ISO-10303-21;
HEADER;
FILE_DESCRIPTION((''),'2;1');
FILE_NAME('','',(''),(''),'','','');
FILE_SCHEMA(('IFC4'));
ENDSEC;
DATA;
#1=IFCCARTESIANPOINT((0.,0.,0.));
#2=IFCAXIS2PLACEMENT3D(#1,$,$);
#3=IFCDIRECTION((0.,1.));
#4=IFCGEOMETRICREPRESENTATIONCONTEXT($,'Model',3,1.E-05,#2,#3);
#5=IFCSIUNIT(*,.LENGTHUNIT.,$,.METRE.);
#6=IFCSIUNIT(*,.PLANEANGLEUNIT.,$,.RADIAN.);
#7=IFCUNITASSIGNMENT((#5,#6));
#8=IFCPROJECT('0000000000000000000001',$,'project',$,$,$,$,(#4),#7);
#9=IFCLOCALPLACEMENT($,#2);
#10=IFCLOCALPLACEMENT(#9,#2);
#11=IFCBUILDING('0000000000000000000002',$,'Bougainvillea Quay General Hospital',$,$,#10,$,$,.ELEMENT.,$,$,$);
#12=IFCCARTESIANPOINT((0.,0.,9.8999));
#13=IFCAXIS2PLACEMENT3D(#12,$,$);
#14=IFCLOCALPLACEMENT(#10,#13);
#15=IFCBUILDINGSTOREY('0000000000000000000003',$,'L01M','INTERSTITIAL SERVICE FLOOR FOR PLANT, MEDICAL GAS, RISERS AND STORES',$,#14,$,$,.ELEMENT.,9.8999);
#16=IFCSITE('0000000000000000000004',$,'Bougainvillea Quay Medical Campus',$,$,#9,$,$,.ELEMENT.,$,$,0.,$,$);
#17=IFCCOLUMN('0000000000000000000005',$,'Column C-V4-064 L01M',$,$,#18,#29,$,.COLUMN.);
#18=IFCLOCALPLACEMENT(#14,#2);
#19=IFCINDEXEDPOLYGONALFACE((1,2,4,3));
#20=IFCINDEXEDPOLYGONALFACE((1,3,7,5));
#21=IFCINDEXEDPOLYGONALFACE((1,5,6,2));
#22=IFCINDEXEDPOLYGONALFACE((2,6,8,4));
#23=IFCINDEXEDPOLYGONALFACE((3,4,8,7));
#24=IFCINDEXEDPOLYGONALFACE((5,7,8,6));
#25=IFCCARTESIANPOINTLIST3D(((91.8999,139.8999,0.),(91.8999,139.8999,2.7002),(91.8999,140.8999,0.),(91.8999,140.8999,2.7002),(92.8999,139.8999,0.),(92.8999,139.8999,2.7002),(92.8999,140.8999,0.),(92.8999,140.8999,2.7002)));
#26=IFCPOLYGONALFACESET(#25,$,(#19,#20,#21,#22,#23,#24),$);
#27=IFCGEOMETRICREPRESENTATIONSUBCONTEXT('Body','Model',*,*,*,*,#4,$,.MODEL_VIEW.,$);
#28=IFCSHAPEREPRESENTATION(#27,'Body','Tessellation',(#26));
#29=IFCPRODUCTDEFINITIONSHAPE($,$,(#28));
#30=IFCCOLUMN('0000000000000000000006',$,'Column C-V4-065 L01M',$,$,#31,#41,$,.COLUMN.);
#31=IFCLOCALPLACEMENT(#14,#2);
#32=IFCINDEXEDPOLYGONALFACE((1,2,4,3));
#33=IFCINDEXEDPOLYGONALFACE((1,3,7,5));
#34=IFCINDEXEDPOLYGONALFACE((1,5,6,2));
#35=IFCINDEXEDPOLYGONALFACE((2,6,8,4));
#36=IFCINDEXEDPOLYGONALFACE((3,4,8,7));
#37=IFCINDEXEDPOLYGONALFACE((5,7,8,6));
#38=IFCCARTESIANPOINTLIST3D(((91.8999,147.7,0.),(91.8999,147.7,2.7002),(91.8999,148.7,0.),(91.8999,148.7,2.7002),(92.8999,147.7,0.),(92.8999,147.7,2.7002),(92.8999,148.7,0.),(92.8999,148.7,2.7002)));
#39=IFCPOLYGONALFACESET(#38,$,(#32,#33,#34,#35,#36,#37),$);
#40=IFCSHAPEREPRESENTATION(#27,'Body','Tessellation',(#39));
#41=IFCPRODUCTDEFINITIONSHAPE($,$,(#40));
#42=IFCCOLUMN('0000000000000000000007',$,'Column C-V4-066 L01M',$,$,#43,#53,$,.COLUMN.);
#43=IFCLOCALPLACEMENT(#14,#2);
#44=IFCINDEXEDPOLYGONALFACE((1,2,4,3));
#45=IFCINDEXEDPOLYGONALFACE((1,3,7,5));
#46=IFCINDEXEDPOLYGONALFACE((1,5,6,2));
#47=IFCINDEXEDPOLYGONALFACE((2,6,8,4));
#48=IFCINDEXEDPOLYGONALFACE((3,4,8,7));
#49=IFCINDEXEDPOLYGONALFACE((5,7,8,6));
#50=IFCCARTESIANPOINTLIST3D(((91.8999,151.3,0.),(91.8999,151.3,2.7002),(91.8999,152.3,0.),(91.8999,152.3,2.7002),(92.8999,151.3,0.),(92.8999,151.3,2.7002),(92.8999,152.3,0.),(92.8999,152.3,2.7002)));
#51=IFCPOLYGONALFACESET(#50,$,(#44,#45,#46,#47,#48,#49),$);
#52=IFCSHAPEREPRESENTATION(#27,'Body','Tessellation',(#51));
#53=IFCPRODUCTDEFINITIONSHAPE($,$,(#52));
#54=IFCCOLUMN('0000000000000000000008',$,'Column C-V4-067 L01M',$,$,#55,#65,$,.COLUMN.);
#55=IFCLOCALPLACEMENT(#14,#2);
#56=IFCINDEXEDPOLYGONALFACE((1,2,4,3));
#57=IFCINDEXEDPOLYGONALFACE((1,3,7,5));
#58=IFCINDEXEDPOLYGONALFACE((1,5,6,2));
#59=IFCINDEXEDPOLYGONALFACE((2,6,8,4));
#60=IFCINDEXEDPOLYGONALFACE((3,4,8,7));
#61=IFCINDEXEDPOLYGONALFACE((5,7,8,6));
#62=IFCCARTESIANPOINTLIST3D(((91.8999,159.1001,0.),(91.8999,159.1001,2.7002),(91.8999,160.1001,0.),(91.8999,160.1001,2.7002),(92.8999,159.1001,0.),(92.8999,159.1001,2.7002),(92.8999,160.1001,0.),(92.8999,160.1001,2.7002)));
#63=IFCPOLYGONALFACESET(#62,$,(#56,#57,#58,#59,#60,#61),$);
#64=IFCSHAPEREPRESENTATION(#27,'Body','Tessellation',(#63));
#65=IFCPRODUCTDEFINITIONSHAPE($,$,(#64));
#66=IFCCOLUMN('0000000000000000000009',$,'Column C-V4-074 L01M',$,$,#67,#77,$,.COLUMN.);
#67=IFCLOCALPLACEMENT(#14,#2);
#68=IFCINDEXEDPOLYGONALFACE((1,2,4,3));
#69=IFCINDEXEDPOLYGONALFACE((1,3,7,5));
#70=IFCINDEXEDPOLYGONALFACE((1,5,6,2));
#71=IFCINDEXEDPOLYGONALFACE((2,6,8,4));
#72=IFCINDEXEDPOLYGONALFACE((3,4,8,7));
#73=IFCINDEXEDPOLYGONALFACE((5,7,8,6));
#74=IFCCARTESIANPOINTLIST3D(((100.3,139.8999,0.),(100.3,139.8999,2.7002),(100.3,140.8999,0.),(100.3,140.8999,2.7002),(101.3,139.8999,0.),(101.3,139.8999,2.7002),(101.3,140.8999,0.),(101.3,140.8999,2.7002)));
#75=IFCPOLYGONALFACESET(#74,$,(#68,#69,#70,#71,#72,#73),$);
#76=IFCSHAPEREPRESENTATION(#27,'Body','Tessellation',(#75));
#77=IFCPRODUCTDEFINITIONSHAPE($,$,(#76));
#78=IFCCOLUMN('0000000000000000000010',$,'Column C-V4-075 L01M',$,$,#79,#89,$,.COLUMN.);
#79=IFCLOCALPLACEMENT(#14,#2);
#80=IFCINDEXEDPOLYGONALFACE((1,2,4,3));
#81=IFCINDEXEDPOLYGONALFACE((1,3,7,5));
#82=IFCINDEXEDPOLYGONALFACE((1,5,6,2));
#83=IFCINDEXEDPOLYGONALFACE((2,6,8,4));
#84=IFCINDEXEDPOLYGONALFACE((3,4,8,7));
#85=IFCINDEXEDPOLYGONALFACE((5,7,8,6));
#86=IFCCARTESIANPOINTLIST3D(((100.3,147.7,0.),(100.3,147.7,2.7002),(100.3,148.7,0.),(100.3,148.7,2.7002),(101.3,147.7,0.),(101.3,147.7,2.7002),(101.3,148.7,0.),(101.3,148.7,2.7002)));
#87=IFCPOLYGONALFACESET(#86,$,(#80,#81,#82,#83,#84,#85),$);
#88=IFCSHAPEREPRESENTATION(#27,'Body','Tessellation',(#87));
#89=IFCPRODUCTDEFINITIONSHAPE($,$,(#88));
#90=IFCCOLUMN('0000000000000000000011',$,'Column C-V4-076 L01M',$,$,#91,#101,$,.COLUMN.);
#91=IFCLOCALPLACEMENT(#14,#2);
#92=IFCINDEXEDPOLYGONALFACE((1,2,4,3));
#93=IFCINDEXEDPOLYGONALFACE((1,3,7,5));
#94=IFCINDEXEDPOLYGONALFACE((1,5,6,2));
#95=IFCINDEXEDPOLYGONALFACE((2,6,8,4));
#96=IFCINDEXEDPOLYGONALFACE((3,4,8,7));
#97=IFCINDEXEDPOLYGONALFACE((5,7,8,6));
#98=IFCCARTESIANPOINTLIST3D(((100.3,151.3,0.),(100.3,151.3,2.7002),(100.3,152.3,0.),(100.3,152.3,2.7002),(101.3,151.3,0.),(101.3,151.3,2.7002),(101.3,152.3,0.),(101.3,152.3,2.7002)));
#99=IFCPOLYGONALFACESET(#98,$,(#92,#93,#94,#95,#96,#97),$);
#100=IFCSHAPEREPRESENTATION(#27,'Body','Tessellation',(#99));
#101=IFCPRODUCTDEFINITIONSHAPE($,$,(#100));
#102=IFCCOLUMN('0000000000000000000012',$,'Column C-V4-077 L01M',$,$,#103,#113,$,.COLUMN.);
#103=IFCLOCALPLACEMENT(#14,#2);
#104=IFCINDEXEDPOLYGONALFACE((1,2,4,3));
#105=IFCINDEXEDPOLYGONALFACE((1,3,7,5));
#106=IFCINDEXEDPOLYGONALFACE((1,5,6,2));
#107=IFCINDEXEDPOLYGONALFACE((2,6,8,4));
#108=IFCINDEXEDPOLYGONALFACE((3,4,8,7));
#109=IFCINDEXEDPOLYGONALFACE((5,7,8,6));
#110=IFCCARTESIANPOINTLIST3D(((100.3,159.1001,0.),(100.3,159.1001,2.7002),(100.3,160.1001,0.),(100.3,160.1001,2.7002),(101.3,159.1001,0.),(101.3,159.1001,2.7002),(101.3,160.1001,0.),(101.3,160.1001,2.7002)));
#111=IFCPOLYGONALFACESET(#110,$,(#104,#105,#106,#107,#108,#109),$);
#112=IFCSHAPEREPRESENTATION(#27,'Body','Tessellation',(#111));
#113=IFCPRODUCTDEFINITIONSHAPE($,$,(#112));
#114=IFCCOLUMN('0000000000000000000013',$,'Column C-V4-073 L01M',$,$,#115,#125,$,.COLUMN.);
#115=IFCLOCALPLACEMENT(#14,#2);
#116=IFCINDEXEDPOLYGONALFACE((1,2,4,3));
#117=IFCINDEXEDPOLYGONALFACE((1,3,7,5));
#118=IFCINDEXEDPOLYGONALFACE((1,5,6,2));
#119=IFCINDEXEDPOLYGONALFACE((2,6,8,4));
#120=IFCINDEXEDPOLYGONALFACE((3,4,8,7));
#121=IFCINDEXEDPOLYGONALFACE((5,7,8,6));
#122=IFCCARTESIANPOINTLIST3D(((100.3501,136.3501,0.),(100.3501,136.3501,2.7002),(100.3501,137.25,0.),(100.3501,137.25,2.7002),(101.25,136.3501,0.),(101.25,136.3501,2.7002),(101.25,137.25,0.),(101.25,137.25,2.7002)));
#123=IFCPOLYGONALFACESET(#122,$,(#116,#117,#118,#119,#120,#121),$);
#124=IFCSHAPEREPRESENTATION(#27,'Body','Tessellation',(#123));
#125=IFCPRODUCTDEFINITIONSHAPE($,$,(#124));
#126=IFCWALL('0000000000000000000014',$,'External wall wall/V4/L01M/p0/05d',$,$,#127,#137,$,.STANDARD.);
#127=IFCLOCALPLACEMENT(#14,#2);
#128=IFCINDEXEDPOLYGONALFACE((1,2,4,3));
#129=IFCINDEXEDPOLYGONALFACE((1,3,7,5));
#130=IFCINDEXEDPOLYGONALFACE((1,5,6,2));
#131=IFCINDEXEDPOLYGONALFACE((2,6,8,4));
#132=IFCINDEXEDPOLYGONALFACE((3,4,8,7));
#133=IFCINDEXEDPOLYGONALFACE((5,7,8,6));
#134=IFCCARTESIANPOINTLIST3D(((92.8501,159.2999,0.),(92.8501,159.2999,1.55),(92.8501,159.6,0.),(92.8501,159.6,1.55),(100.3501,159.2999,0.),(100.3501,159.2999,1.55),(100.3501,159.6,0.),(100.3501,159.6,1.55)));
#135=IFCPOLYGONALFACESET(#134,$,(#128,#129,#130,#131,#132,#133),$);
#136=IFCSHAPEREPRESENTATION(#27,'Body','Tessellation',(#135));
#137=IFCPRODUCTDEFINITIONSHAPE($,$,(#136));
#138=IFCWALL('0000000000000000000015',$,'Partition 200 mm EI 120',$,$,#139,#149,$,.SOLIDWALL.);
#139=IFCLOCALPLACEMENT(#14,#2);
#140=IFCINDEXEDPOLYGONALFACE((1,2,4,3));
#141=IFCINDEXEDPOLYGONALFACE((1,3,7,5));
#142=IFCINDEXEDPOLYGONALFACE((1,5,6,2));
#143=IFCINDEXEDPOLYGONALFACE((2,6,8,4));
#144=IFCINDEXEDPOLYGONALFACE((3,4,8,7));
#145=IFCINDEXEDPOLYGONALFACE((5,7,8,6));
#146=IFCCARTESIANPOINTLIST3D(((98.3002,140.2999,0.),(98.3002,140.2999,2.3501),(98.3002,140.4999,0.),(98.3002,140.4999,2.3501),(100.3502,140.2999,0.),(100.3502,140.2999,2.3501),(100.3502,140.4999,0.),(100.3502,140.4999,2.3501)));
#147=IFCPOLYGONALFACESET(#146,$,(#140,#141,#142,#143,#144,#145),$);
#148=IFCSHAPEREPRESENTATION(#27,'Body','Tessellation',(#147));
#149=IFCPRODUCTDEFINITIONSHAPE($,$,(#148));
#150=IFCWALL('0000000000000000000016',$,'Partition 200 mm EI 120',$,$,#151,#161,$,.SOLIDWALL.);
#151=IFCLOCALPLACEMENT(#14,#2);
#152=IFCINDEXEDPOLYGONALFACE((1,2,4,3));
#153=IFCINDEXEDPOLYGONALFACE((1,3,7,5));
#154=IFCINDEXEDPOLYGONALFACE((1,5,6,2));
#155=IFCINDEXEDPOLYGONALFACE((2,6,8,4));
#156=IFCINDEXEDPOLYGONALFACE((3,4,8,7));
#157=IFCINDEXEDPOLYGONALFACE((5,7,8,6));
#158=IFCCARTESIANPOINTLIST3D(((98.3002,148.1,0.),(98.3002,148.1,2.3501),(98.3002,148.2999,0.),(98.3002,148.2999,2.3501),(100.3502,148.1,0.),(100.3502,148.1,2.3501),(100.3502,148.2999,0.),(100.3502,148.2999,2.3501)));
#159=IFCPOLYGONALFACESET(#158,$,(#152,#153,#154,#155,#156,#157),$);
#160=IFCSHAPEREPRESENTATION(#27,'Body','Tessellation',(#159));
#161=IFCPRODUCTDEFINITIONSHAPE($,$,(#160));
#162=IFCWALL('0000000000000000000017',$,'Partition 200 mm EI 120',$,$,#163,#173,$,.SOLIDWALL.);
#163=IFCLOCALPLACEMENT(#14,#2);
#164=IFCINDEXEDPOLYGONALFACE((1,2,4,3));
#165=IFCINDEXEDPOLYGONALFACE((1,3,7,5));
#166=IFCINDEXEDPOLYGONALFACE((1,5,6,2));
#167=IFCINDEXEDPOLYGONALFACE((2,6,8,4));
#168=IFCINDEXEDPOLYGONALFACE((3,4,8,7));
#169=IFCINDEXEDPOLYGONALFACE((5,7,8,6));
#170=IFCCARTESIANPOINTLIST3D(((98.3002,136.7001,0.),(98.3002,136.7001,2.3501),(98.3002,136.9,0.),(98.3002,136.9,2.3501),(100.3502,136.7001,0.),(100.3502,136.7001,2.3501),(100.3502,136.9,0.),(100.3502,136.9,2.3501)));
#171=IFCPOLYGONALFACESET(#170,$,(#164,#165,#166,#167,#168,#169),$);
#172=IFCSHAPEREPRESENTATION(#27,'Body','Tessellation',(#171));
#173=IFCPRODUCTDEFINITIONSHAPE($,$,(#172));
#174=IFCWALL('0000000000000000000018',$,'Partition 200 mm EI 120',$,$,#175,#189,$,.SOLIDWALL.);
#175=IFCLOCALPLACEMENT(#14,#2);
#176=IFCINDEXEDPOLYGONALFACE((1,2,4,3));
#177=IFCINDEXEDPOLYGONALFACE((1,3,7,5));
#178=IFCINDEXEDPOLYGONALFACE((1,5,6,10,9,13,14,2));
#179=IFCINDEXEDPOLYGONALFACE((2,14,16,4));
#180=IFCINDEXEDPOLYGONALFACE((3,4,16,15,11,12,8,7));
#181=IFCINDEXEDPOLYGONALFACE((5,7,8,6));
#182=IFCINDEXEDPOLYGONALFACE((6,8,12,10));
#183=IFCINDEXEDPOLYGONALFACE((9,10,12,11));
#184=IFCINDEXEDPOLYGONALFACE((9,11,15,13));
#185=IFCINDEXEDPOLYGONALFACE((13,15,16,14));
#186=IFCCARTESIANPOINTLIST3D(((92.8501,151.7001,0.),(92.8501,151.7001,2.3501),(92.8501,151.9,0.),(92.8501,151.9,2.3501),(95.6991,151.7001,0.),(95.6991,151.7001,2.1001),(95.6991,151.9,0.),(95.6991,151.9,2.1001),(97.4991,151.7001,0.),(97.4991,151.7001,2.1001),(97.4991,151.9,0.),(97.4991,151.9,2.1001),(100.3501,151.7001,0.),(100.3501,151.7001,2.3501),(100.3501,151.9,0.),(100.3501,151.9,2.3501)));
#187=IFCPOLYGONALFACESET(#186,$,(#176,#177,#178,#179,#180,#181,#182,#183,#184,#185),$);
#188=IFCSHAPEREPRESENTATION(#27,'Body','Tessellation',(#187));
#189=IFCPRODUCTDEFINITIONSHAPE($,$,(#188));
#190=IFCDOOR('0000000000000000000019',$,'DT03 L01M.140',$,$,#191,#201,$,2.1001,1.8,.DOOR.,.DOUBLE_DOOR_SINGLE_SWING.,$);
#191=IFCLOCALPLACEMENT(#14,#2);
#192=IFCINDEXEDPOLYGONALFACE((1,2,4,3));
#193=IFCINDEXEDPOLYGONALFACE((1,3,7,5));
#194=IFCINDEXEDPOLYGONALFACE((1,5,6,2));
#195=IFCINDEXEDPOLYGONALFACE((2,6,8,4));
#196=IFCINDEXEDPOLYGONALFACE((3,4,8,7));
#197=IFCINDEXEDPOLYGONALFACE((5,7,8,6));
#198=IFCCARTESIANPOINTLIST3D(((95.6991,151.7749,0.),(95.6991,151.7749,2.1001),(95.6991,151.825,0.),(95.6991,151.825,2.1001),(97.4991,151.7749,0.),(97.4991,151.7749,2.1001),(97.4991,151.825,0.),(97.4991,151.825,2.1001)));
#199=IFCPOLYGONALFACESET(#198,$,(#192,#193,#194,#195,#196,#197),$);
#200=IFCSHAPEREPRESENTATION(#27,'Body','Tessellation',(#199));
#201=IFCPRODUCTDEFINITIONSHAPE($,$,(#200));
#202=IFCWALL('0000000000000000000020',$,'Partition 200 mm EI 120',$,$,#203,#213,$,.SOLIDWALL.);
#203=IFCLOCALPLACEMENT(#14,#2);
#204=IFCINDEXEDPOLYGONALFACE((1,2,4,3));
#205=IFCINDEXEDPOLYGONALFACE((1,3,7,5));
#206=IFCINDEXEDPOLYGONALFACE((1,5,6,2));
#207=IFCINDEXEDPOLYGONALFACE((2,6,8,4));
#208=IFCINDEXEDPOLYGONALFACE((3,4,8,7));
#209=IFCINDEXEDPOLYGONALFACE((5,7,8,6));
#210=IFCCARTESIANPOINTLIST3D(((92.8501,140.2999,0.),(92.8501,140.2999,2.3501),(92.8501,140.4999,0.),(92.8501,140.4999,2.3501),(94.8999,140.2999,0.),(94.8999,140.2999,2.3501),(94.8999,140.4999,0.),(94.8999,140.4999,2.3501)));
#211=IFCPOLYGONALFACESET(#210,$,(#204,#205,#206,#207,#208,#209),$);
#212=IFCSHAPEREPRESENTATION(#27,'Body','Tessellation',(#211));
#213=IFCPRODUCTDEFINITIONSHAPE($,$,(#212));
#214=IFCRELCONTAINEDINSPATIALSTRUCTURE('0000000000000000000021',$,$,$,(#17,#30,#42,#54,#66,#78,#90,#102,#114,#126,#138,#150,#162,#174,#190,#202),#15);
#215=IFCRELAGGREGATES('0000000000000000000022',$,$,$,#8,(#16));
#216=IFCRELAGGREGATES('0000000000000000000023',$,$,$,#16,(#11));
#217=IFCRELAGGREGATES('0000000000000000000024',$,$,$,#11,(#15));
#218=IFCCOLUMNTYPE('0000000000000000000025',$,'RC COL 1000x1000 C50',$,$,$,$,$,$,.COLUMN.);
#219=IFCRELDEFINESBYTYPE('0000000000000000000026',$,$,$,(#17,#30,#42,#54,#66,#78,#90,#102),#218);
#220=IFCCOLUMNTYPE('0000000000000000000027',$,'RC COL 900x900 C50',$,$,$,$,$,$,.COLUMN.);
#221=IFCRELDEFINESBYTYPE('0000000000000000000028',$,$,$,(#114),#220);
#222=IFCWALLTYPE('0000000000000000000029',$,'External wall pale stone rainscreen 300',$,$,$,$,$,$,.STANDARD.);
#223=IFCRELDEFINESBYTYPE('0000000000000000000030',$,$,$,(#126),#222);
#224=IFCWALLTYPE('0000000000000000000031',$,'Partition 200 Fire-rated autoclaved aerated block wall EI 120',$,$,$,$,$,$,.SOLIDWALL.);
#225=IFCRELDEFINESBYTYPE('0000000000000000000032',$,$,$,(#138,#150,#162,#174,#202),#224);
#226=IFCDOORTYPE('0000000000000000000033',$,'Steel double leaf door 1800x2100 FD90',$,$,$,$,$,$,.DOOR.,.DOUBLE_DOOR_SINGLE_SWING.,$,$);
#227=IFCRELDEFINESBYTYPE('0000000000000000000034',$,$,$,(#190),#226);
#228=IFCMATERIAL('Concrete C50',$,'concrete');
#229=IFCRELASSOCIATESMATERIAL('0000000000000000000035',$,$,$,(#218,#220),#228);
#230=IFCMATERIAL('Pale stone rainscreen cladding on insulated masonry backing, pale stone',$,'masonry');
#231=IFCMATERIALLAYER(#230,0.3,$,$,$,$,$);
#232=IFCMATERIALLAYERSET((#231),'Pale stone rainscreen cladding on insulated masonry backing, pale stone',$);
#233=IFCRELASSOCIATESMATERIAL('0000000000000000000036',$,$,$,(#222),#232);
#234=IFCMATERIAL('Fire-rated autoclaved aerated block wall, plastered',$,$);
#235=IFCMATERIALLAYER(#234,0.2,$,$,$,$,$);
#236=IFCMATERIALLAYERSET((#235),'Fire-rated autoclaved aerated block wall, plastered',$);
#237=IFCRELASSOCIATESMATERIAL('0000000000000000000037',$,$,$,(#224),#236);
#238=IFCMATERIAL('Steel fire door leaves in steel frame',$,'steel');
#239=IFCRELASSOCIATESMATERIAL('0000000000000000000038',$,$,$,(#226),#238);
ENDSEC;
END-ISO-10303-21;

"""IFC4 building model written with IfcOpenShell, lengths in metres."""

from ifc_helpers import new_model, si_unit, direction, frame, frame_2d, origin, origin_2d, place, context, subcontext, project, spatial, rectangle, extrude, material, layer, layer_set, material_profile, profile_set, type_object, element, fill, save


model = new_model("IFC4")

# Units and contexts
model_context = context("Model", 3, precision=1e-05, world=origin(), true_north=direction((0.0, 1.0)))
body_context = subcontext(model_context, "Body", "Model", "MODEL_VIEW")
ifc_project = project(units=[si_unit("LENGTHUNIT", "METRE"), si_unit("PLANEANGLEUNIT", "RADIAN")], contexts=[model_context])

# Site, building, storey
site_placement = place(None, origin())
site = spatial("IfcSite", under=ifc_project, at=site_placement, Name="Bougainvillea Quay Medical Campus", CompositionType="ELEMENT", RefElevation=0.0)
building_placement = place(site_placement, origin())
building = spatial("IfcBuilding", under=site, at=building_placement, Name="Bougainvillea Quay General Hospital", CompositionType="ELEMENT")
storey_placement = place(building_placement, frame((0.0, 0.0, 9.8999)))
storey = spatial("IfcBuildingStorey", under=building, at=storey_placement, Name="L01M", Description="INTERSTITIAL SERVICE FLOOR FOR PLANT, MEDICAL GAS, RISERS AND STORES", CompositionType="ELEMENT", Elevation=9.8999)

# Columns
ifc_material_1 = material(Name="Concrete C50", Category="concrete")
ifc_material_profile_1 = material_profile(ifc_material_1, rectangle(XDim=1.0, YDim=1.0, at=origin_2d()))
ifc_profile_set_1 = profile_set([ifc_material_profile_1], Name="Concrete C50")
column_type_1 = type_object("IfcColumnType", Name="RC COL 1000x1000 C50", PredefinedType="COLUMN", material=ifc_profile_set_1)
for number, where, z_axis, x_axis, name in (
    (1, (92.3999, 140.3999, 0.0), (0.0, 0.0, 1.0), (1.0, 0.0, 0.0), "Column C-V4-064 L01M"),
    (2, (92.3999, 148.2, 0.0), (0.0, 0.0, 1.0), (1.0, 0.0, 0.0), "Column C-V4-065 L01M"),
    (3, (92.3999, 151.8, 0.0), (0.0, 0.0, 1.0), (1.0, 0.0, 0.0), "Column C-V4-066 L01M"),
    (4, (92.3999, 159.6001, 0.0), (0.0, 0.0, 1.0), (1.0, 0.0, 0.0), "Column C-V4-067 L01M"),
    (5, (100.8, 140.3999, 0.0), (0.0, 0.0, 1.0), (1.0, 0.0, 0.0), "Column C-V4-074 L01M"),
    (6, (100.8, 148.2, 0.0), (0.0, 0.0, 1.0), (1.0, 0.0, 0.0), "Column C-V4-075 L01M"),
    (7, (100.8, 151.8, 0.0), (0.0, 0.0, 1.0), (1.0, 0.0, 0.0), "Column C-V4-076 L01M"),
    (8, (100.8, 159.6001, 0.0), (0.0, 0.0, 1.0), (1.0, 0.0, 0.0), "Column C-V4-077 L01M"),
):
    element("IfcColumn", number, at=place(storey_placement, frame(where, z_axis=z_axis, x_axis=x_axis)), inside=storey, type_object=column_type_1, Name=name, PredefinedType="COLUMN", context=body_context, shape_type="SweptSolid", body=[
        extrude(rectangle(XDim=1.0, YDim=1.0, at=origin_2d()), origin(), (0.0, 0.0, 1.0), 2.7002),
    ])
ifc_material_profile_2 = material_profile(ifc_material_1, rectangle(XDim=0.8999, YDim=0.8999, at=origin_2d()))
ifc_profile_set_2 = profile_set([ifc_material_profile_2], Name="Concrete C50")
column_type_2 = type_object("IfcColumnType", Name="RC COL 900x900 C50", PredefinedType="COLUMN", material=ifc_profile_set_2)
column_placement = place(storey_placement, frame((100.8, 136.8, 0.0), z_axis=(0.0, 0.0, 1.0), x_axis=(1.0, 0.0, 0.0)))
element("IfcColumn", 9, at=column_placement, inside=storey, type_object=column_type_2, Name="Column C-V4-073 L01M", PredefinedType="COLUMN", context=body_context, shape_type="SweptSolid", body=[
    extrude(rectangle(XDim=0.8999, YDim=0.8999, at=origin_2d()), origin(), (0.0, 0.0, 1.0), 2.7002),
])

# Walls
ifc_material_2 = material(Name="Pale stone rainscreen cladding on insulated masonry backing, pale stone", Category="masonry")
ifc_layer_1 = layer(ifc_material_2, 0.3)
ifc_layer_set_1 = layer_set([ifc_layer_1], Name="Pale stone rainscreen cladding on insulated masonry backing, pale stone")
wall_type_1 = type_object("IfcWallType", Name="External wall pale stone rainscreen 300", PredefinedType="STANDARD", material=ifc_layer_set_1)
wall_1_placement = place(storey_placement, frame((100.3501, 159.45, 0.0), z_axis=(0.0, 0.0, 1.0), x_axis=(-1.0, 0.0, 0.0)))
element("IfcWall", 10, at=wall_1_placement, inside=storey, type_object=wall_type_1, Name="External wall wall/V4/L01M/p0/05d", PredefinedType="STANDARD", context=body_context, shape_type="SweptSolid", body=[
    extrude(rectangle(XDim=7.5, YDim=0.3, at=frame_2d((3.75, 0.0))), origin(), (0.0, 0.0, 1.0), 1.55),
])
ifc_material_3 = material(Name="Fire-rated autoclaved aerated block wall, plastered")
ifc_layer_2 = layer(ifc_material_3, 0.2)
ifc_layer_set_2 = layer_set([ifc_layer_2], Name="Fire-rated autoclaved aerated block wall, plastered")
wall_type_2 = type_object("IfcWallType", Name="Partition 200 Fire-rated autoclaved aerated block wall EI 120", PredefinedType="SOLIDWALL", material=ifc_layer_set_2)
for number, where, z_axis, x_axis, name in (
    (11, (100.3501, 140.3999, 0.0), (0.0, 0.0, 1.0), (-1.0, 0.0, 0.0), "Partition 200 mm EI 120"),
    (12, (100.3501, 148.2, 0.0), (0.0, 0.0, 1.0), (-1.0, 0.0, 0.0), "Partition 200 mm EI 120"),
    (13, (100.3501, 136.8, 0.0), (0.0, 0.0, 1.0), (-1.0, 0.0, 0.0), "Partition 200 mm EI 120"),
):
    element("IfcWall", number, at=place(storey_placement, frame(where, z_axis=z_axis, x_axis=x_axis)), inside=storey, type_object=wall_type_2, Name=name, PredefinedType="SOLIDWALL", context=body_context, shape_type="SweptSolid", body=[
        extrude(rectangle(XDim=2.05, YDim=0.2, at=frame_2d((1.0249, 0.0))), origin(), (0.0, 0.0, 1.0), 2.3501),
    ])

# Wall, opening, door
wall_2_placement = place(storey_placement, frame((92.8501, 151.8, 0.0), z_axis=(0.0, 0.0, 1.0), x_axis=(1.0, 0.0, 0.0)))
wall_2 = element("IfcWall", 14, at=wall_2_placement, inside=storey, type_object=wall_type_2, Name="Partition 200 mm EI 120", PredefinedType="SOLIDWALL", context=body_context, shape_type="SweptSolid", body=[
    extrude(rectangle(XDim=7.5, YDim=0.2, at=frame_2d((3.75, 0.0))), origin(), (0.0, 0.0, 1.0), 2.3501),
])
opening_1_placement = place(wall_2_placement, frame((2.8491, 0.0, 0.0)))
opening_1 = element("IfcOpeningElement", 15, at=opening_1_placement, cuts=wall_2, PredefinedType="OPENING", context=body_context, shape_type="SweptSolid", body=[
    extrude(rectangle(XDim=1.8, YDim=2.1001, at=frame_2d((0.8999, 1.05))), frame((0.0, 0.1099, 0.0), z_axis=(0.0, -1.0, 0.0), x_axis=(1.0, 0.0, 0.0)), (0.0, 0.0, 1.0), 0.22),
])
ifc_material_4 = material(Name="Steel fire door leaves in steel frame", Category="steel")
door_type_1 = type_object("IfcDoorType", Name="Steel double leaf door 1800x2100 FD90", OperationType="DOUBLE_DOOR_SINGLE_SWING", PredefinedType="DOOR", material=ifc_material_4)
door_1_placement = place(opening_1_placement, origin())
door_1 = element("IfcDoor", 16, at=door_1_placement, inside=storey, type_object=door_type_1, Name="DT03 L01M.140", OperationType="DOUBLE_DOOR_SINGLE_SWING", OverallHeight=2.1001, OverallWidth=1.8, PredefinedType="DOOR", context=body_context, shape_type="SweptSolid", body=[
    extrude(rectangle(XDim=1.8, YDim=2.1001, at=frame_2d((0.8999, 1.05))), frame((0.0, 0.0249, 0.0), z_axis=(0.0, -1.0, 0.0), x_axis=(1.0, 0.0, 0.0)), (0.0, 0.0, 1.0), 0.05),
])
fill(opening_1, door_1)

# Wall
for number, where, z_axis, x_axis, name in (
    (17, (92.8501, 140.3999, 0.0), (0.0, 0.0, 1.0), (1.0, 0.0, 0.0), "Partition 200 mm EI 120"),
):
    element("IfcWall", number, at=place(storey_placement, frame(where, z_axis=z_axis, x_axis=x_axis)), inside=storey, type_object=wall_type_2, Name=name, PredefinedType="SOLIDWALL", context=body_context, shape_type="SweptSolid", body=[
        extrude(rectangle(XDim=2.0498, YDim=0.2, at=frame_2d((1.0249, 0.0))), origin(), (0.0, 0.0, 1.0), 2.3501),
    ])

save(model, "model.ifc")
